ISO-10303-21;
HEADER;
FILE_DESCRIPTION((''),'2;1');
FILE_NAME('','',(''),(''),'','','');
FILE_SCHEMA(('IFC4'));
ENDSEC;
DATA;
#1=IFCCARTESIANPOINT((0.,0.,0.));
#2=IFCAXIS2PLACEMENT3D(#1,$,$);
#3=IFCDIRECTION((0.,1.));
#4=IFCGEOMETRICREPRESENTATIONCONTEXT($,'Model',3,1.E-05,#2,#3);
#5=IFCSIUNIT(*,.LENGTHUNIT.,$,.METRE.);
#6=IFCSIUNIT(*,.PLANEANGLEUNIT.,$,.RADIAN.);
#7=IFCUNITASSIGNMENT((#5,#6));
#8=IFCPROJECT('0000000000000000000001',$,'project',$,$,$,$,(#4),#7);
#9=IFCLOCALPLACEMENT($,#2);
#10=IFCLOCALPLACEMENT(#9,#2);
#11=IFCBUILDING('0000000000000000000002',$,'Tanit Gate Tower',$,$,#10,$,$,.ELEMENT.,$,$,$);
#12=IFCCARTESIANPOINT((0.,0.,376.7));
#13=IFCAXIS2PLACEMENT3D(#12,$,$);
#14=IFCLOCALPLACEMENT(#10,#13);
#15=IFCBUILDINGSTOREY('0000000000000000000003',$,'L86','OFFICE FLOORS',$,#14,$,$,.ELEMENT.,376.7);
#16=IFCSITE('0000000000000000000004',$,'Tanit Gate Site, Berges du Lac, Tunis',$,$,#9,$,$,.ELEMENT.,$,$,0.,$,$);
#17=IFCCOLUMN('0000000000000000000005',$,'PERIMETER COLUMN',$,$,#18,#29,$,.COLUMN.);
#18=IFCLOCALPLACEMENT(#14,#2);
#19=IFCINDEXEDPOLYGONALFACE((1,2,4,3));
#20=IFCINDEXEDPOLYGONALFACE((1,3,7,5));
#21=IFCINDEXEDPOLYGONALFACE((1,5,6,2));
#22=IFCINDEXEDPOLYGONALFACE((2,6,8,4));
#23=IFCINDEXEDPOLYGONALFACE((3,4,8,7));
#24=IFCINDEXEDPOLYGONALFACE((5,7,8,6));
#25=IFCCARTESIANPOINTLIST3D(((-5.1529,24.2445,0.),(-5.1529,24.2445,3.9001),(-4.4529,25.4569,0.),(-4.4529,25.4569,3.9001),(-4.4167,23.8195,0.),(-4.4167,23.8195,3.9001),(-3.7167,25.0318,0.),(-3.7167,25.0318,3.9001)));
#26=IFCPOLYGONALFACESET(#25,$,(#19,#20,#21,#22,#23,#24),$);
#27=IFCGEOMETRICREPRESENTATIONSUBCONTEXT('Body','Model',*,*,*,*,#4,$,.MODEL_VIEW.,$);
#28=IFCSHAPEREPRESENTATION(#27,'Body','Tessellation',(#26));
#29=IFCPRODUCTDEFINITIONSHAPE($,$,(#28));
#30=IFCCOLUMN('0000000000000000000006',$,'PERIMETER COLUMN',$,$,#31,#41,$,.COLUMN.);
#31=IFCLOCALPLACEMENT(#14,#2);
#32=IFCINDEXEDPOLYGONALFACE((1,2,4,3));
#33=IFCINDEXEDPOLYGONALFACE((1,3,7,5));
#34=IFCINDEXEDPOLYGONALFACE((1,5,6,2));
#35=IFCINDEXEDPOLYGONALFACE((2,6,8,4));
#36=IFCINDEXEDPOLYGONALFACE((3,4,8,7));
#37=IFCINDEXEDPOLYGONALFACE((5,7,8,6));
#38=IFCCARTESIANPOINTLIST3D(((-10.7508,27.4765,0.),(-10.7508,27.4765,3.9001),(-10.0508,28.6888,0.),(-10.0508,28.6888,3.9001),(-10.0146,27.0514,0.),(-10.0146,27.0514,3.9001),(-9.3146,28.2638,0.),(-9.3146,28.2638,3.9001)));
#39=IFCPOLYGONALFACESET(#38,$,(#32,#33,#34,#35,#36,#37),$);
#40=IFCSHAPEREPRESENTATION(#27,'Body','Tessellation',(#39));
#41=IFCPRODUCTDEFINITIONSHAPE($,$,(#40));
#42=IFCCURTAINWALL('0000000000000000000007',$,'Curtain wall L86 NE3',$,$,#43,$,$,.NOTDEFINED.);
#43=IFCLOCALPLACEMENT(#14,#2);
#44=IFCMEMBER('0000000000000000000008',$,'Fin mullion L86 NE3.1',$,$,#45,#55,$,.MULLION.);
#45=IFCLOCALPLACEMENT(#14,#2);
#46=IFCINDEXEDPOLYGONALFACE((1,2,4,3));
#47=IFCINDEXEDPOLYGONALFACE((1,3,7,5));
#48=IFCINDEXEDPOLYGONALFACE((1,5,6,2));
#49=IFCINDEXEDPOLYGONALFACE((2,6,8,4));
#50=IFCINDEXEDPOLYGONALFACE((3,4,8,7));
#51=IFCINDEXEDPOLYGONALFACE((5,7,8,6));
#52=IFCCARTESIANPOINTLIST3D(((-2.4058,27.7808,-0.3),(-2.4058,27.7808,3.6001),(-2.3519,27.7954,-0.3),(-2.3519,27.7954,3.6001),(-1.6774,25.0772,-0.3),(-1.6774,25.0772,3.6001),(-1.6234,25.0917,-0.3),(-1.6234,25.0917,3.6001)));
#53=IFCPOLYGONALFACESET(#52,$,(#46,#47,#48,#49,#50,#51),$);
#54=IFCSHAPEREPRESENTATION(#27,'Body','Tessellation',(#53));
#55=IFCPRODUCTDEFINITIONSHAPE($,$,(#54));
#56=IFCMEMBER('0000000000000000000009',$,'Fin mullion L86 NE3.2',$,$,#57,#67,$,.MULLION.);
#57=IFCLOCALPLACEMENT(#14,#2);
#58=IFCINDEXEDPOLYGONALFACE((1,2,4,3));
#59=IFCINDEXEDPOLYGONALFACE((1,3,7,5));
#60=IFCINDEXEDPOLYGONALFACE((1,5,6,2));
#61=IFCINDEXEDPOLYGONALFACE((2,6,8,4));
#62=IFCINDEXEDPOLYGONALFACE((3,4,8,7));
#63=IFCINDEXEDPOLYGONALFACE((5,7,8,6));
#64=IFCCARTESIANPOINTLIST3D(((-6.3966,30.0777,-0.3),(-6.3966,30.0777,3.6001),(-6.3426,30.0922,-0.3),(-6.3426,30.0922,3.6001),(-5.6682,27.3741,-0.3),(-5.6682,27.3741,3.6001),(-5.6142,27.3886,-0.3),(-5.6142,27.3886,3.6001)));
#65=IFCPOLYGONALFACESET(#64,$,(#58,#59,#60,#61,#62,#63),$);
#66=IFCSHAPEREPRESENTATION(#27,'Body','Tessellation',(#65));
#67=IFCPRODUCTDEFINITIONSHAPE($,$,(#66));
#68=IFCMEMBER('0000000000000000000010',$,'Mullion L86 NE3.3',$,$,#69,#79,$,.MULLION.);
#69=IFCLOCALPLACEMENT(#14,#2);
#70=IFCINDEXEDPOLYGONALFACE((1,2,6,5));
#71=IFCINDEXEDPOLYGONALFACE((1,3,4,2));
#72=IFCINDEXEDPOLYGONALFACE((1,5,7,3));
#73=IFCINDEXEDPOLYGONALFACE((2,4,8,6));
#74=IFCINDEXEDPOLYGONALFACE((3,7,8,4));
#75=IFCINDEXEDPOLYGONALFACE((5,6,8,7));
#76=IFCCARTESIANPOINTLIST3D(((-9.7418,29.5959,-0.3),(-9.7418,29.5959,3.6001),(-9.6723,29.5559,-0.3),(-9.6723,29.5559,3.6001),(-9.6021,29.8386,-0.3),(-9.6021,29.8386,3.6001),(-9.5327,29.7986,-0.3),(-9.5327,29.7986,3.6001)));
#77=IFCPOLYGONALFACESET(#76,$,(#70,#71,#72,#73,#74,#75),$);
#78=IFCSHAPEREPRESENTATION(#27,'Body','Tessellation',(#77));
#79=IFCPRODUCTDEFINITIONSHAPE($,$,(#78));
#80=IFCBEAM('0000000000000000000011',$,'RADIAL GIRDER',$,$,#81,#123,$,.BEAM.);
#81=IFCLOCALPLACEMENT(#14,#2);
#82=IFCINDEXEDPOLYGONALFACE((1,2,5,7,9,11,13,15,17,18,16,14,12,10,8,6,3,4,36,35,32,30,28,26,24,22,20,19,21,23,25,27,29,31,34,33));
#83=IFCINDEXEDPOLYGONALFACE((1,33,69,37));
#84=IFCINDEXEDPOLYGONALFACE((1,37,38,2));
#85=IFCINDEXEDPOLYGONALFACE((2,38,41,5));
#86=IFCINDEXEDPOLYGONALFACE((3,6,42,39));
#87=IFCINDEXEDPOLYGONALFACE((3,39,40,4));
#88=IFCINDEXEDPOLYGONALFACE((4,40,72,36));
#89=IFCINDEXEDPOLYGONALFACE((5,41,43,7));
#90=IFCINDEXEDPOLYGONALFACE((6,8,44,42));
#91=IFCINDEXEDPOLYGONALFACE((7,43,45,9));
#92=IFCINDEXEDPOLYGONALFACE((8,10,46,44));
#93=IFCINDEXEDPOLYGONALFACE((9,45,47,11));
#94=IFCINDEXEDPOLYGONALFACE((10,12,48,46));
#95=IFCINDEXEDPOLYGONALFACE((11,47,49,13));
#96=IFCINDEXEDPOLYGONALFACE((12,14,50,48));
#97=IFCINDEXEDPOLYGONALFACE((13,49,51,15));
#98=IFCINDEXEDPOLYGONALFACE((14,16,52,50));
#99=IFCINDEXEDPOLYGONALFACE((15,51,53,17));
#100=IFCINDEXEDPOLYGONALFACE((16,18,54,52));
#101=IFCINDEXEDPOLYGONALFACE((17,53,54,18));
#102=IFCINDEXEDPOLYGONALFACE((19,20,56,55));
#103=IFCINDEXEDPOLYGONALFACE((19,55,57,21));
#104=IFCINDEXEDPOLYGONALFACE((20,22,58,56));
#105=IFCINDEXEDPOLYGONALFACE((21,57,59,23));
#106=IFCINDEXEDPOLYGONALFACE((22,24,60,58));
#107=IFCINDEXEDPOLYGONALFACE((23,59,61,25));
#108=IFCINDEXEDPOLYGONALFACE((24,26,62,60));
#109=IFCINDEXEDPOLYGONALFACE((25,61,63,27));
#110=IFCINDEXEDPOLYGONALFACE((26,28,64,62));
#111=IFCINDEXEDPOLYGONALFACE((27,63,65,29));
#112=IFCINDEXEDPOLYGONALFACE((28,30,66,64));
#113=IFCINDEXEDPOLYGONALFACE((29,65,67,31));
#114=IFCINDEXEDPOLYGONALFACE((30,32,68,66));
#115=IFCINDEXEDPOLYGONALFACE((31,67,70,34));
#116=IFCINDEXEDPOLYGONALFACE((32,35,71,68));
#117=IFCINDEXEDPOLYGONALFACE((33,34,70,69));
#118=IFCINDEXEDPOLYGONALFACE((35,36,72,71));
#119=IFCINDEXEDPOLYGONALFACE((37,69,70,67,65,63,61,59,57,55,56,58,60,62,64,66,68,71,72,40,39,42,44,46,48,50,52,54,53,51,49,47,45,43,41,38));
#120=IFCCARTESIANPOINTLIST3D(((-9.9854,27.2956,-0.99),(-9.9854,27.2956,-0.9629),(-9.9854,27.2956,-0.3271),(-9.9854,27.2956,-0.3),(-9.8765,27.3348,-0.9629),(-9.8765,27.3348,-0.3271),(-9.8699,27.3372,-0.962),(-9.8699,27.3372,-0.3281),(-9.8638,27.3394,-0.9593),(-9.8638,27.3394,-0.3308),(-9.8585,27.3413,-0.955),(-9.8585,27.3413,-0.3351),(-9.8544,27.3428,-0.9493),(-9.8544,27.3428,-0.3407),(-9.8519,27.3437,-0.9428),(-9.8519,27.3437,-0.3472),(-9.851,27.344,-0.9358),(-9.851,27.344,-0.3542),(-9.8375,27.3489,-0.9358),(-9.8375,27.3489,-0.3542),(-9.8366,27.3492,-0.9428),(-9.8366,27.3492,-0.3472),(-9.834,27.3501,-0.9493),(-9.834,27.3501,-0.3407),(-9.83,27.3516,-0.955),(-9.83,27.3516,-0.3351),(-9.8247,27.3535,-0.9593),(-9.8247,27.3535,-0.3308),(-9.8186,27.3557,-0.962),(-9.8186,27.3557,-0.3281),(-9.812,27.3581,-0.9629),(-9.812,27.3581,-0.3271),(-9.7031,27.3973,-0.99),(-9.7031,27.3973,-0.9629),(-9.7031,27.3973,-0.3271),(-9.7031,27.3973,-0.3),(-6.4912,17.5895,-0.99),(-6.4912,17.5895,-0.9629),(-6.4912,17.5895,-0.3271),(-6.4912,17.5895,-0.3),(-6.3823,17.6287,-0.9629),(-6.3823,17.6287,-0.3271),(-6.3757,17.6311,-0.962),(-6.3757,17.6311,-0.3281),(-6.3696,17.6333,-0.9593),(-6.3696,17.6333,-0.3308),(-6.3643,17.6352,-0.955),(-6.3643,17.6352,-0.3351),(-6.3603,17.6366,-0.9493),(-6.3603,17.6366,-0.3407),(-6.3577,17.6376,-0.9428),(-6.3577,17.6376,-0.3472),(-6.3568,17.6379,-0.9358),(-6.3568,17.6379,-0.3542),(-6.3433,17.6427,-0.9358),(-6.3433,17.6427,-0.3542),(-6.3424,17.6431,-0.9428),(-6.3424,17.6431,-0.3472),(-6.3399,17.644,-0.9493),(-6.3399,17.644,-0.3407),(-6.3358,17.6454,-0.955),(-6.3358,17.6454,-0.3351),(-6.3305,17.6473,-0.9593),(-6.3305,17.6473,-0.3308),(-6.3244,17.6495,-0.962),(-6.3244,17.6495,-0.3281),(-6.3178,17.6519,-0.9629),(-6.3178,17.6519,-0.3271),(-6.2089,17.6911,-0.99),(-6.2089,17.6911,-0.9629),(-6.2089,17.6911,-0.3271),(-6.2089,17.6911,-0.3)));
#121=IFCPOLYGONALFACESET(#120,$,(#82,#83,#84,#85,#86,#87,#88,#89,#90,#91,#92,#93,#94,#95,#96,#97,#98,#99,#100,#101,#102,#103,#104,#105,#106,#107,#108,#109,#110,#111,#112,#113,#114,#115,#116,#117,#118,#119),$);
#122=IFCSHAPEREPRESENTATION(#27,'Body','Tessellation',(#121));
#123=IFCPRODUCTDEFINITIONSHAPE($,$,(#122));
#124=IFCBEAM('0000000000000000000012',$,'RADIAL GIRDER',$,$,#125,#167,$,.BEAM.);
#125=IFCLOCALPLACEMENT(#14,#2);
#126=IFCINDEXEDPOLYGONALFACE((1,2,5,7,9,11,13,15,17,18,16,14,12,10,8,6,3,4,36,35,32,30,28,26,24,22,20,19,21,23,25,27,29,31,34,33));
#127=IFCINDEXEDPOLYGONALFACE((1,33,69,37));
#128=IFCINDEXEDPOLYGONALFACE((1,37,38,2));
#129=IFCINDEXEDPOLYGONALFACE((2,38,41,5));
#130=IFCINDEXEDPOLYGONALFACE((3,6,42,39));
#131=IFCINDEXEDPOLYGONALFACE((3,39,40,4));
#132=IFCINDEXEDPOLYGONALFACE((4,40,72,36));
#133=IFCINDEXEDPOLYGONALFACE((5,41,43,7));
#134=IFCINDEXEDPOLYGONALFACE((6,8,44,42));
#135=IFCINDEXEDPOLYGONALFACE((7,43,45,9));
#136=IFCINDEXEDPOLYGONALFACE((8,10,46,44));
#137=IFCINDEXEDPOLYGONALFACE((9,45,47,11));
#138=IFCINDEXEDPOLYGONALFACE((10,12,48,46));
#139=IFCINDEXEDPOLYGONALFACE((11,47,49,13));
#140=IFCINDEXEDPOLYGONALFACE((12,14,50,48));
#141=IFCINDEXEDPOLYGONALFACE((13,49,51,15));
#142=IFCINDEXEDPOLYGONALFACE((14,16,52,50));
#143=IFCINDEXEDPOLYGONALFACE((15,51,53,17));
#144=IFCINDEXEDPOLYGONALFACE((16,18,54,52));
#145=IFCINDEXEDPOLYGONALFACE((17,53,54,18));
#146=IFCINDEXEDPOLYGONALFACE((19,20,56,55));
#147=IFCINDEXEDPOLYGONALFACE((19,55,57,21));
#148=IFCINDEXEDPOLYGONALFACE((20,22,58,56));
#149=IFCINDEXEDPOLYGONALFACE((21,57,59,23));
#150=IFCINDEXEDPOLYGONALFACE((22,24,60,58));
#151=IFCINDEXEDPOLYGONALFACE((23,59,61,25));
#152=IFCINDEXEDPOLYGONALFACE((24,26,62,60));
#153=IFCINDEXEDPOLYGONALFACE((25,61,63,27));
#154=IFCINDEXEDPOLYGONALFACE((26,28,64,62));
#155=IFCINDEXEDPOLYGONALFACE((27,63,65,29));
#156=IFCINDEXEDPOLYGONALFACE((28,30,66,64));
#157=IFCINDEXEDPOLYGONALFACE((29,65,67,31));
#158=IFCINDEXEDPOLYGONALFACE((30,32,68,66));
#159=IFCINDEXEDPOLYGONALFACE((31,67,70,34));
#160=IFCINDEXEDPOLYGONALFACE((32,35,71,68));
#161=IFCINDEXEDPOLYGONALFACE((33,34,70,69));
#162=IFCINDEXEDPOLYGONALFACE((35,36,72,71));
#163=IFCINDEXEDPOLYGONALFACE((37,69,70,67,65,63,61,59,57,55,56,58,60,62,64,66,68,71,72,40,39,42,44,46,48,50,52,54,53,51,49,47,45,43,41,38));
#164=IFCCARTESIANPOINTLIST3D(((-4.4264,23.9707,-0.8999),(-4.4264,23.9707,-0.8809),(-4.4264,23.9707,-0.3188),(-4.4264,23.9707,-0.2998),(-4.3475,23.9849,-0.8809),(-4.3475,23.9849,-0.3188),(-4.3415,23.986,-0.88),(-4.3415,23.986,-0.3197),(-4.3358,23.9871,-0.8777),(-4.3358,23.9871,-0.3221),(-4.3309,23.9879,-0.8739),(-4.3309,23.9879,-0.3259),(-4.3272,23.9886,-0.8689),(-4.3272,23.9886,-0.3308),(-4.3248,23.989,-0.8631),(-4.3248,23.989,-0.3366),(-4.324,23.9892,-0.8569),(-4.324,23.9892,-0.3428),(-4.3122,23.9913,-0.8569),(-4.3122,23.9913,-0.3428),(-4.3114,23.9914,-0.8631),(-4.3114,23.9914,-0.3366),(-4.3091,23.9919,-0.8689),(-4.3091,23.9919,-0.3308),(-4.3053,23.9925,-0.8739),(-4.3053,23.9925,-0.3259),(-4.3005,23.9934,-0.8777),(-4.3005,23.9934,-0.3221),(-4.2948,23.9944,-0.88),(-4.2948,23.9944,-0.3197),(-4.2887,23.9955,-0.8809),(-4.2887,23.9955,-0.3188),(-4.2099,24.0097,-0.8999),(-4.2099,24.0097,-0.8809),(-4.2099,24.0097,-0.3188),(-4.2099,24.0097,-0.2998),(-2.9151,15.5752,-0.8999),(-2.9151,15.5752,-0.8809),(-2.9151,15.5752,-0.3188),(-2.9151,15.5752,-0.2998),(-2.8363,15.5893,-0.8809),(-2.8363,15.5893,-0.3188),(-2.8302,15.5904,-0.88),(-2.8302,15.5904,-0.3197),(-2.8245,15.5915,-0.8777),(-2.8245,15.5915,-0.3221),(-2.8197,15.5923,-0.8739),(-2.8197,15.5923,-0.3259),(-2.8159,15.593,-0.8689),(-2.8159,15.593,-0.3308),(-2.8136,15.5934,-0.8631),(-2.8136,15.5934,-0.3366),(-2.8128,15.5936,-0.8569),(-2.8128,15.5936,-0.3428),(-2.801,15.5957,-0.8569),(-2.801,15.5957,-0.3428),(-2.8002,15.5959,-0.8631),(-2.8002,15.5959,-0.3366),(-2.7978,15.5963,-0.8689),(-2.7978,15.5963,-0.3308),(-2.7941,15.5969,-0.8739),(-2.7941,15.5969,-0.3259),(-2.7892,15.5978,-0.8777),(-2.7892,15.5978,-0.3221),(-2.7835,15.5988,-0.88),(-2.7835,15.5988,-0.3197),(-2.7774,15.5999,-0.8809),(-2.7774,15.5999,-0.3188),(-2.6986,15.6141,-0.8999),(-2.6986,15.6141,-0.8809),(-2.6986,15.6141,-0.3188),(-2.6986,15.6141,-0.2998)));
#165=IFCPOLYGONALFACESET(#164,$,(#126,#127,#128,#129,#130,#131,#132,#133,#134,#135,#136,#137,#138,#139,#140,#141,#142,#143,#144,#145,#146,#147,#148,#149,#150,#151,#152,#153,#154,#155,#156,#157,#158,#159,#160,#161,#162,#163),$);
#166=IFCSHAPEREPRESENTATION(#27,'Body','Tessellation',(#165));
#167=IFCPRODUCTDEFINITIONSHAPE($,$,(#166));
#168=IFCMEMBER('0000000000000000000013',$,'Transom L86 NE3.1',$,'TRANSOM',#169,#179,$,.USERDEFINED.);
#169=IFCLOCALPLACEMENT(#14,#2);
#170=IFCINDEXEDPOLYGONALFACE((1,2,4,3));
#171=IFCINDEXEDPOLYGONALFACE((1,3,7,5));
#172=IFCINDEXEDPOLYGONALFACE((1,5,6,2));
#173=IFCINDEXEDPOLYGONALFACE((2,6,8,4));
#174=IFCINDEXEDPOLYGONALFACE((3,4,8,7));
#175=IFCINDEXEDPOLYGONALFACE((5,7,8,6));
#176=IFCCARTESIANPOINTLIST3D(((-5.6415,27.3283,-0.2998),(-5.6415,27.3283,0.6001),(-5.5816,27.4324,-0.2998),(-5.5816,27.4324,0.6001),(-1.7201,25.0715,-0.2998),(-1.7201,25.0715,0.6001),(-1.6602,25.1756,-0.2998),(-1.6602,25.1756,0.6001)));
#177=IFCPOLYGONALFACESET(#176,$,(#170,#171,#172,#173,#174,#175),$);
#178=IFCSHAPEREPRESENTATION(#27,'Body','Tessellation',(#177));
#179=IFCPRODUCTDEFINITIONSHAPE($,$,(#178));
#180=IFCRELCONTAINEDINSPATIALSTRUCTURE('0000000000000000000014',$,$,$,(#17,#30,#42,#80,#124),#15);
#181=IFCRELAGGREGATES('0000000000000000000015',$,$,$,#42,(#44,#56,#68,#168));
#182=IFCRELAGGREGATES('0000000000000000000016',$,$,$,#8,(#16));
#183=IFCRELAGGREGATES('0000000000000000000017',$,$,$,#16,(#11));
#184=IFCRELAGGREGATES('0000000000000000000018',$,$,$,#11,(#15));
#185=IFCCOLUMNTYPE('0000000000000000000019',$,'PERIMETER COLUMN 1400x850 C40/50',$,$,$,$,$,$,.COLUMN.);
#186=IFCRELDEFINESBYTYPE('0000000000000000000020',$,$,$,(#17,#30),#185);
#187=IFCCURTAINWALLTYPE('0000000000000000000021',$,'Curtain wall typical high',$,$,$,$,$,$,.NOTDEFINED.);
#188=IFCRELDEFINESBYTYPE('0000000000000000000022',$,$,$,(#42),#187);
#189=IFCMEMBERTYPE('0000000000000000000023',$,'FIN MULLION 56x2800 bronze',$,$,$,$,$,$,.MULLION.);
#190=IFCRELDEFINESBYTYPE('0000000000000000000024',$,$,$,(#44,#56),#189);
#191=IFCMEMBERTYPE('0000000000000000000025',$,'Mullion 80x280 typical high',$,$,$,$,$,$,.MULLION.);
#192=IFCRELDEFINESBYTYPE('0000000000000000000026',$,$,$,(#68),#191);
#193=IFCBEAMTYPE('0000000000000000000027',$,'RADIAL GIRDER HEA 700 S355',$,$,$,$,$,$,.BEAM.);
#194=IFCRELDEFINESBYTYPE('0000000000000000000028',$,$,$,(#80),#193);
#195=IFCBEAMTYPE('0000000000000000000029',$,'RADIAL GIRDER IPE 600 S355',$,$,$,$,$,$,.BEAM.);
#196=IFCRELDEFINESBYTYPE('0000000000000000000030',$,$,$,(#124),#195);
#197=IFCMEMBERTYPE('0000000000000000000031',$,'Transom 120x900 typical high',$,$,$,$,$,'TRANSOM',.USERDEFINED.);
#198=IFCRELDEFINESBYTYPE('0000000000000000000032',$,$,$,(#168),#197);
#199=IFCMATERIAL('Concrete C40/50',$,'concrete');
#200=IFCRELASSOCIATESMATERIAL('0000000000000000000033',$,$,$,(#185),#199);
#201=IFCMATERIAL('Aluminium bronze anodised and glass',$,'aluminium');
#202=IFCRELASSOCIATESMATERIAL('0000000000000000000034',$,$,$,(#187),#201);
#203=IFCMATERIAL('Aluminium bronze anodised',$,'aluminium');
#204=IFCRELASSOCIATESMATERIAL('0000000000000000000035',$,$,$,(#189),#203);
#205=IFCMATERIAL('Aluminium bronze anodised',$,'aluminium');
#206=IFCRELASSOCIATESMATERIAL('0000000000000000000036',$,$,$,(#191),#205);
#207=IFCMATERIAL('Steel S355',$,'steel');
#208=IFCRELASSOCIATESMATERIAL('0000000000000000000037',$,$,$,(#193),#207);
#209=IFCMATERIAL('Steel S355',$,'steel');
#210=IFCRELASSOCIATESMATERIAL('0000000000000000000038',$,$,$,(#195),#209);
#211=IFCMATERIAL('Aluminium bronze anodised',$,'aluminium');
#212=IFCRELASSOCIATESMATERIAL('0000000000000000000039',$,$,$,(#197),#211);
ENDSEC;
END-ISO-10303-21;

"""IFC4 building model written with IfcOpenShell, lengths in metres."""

from ifc_helpers import new_model, si_unit, direction, frame, origin, origin_2d, place, context, subcontext, project, spatial, rectangle, i_section, extrude, material, material_profile, profile_set, type_object, element, aggregate, save


model = new_model("IFC4")

# Units and contexts
model_context = context("Model", 3, precision=1e-05, world=origin(), true_north=direction((0.0, 1.0)))
body_context = subcontext(model_context, "Body", "Model", "MODEL_VIEW")
ifc_project = project(units=[si_unit("LENGTHUNIT", "METRE"), si_unit("PLANEANGLEUNIT", "RADIAN")], contexts=[model_context])

# Site, building, storey
site_placement = place(None, origin())
site = spatial("IfcSite", under=ifc_project, at=site_placement, Name="Tanit Gate Site, Berges du Lac, Tunis", CompositionType="ELEMENT", RefElevation=0.0)
building_placement = place(site_placement, origin())
building = spatial("IfcBuilding", under=site, at=building_placement, Name="Tanit Gate Tower", CompositionType="ELEMENT")
storey_placement = place(building_placement, frame((0.0, 0.0, 376.7)))
storey = spatial("IfcBuildingStorey", under=building, at=storey_placement, Name="L86", Description="OFFICE FLOORS", CompositionType="ELEMENT", Elevation=376.7)

# Columns
ifc_material_1 = material(Name="Concrete C40/50", Category="concrete")
ifc_material_profile_1 = material_profile(ifc_material_1, rectangle(XDim=1.3999, YDim=0.8501, at=origin_2d()), Name="RC 1400x850")
ifc_profile_set_1 = profile_set([ifc_material_profile_1], Name="Concrete C40/50")
column_type = type_object("IfcColumnType", Name="PERIMETER COLUMN 1400x850 C40/50", PredefinedType="COLUMN", material=ifc_profile_set_1)
for number, where, z_axis, x_axis, name in (
    (1, (-4.4348, 24.6382, 0.0), (0.0, 0.0, 1.0), (0.5, 0.866025, 0.0), "PERIMETER COLUMN"),
    (2, (-10.0327, 27.8701, 0.0), (0.0, 0.0, 1.0), (0.5, 0.866025, 0.0), "PERIMETER COLUMN"),
):
    element("IfcColumn", number, at=place(storey_placement, frame(where, z_axis=z_axis, x_axis=x_axis)), inside=storey, type_object=column_type, Name=name, PredefinedType="COLUMN", context=body_context, shape_type="SweptSolid", body=[
        extrude(rectangle(XDim=1.3999, YDim=0.8501, at=origin_2d()), origin(), (0.0, 0.0, 1.0), 3.9001),
    ])

# Curtain wall, members
ifc_material_2 = material(Name="Aluminium bronze anodised and glass", Category="aluminium")
curtain_wall_type = type_object("IfcCurtainWallType", Name="Curtain wall typical high", PredefinedType="NOTDEFINED", material=ifc_material_2)
curtain_wall_placement = place(storey_placement, origin())
curtain_wall = element("IfcCurtainWall", 3, at=curtain_wall_placement, inside=storey, type_object=curtain_wall_type, Name="Curtain wall L86 NE3", PredefinedType="NOTDEFINED")
ifc_material_3 = material(Name="Aluminium bronze anodised", Category="aluminium")
ifc_material_profile_2 = material_profile(ifc_material_3, rectangle(XDim=2.8, YDim=0.0559, at=origin_2d()), Name="56x2800 bronze fin mullion")
ifc_profile_set_2 = profile_set([ifc_material_profile_2], Name="Aluminium bronze anodised")
member_type_1 = type_object("IfcMemberType", Name="FIN MULLION 56x2800 bronze", PredefinedType="MULLION", material=ifc_profile_set_2)
member_1_placement = place(storey_placement, frame((-2.0146, 26.4363, -0.3), z_axis=(0.0, 0.0, 1.0), x_axis=(0.260144, -0.96557, 0.0)))
member_1 = element("IfcMember", 4, at=member_1_placement, type_object=member_type_1, Name="Fin mullion L86 NE3.1", PredefinedType="MULLION", context=body_context, shape_type="SweptSolid", body=[
    extrude(rectangle(XDim=2.8, YDim=0.0559, at=origin_2d()), origin(), (0.0, 0.0, 1.0), 3.9001),
])
member_2_placement = place(storey_placement, frame((-6.0054, 28.7332, -0.3), z_axis=(0.0, 0.0, 1.0), x_axis=(0.260144, -0.96557, 0.0)))
member_2 = element("IfcMember", 5, at=member_2_placement, type_object=member_type_1, Name="Fin mullion L86 NE3.2", PredefinedType="MULLION", context=body_context, shape_type="SweptSolid", body=[
    extrude(rectangle(XDim=2.8, YDim=0.0559, at=origin_2d()), origin(), (0.0, 0.0, 1.0), 3.9001),
])
ifc_material_4 = material(Name="Aluminium bronze anodised", Category="aluminium")
ifc_material_profile_3 = material_profile(ifc_material_4, rectangle(XDim=0.28, YDim=0.0801, at=origin_2d()), Name="80x280 bronze mullion")
ifc_profile_set_3 = profile_set([ifc_material_profile_3], Name="Aluminium bronze anodised")
member_type_2 = type_object("IfcMemberType", Name="Mullion 80x280 typical high", PredefinedType="MULLION", material=ifc_profile_set_3)
member_3_placement = place(storey_placement, frame((-9.6372, 29.6973, -0.3), z_axis=(0.0, 0.0, 1.0), x_axis=(-0.498812, -0.86671, 0.0)))
member_3 = element("IfcMember", 6, at=member_3_placement, type_object=member_type_2, Name="Mullion L86 NE3.3", PredefinedType="MULLION", context=body_context, shape_type="SweptSolid", body=[
    extrude(rectangle(XDim=0.28, YDim=0.0801, at=origin_2d()), origin(), (0.0, 0.0, 1.0), 3.9001),
])

# Beams
ifc_material_5 = material(Name="Steel S355", Category="steel")
ifc_material_profile_4 = material_profile(ifc_material_5, i_section(OverallWidth=0.3, OverallDepth=0.6899, WebThickness=0.0144, FlangeThickness=0.0271, FilletRadius=0.0271, at=origin_2d()), Name="HEA 700")
ifc_profile_set_4 = profile_set([ifc_material_profile_4], Name="Steel S355")
beam_type_1 = type_object("IfcBeamType", Name="RADIAL GIRDER HEA 700 S355", PredefinedType="BEAM", material=ifc_profile_set_4)
beam_1_placement = place(storey_placement, frame((-9.8442, 27.3464, -0.645), z_axis=(0.338716, -0.940889, 0.0), x_axis=(0.940889, 0.338716, 0.0)))
element("IfcBeam", 7, at=beam_1_placement, inside=storey, type_object=beam_type_1, Name="RADIAL GIRDER", PredefinedType="BEAM", context=body_context, shape_type="SweptSolid", body=[
    extrude(i_section(OverallWidth=0.3, OverallDepth=0.6899, WebThickness=0.0144, FlangeThickness=0.0271, FilletRadius=0.0271, at=origin_2d()), origin(), (0.0, 0.0, 1.0), 10.3159),
])
ifc_material_6 = material(Name="Steel S355", Category="steel")
ifc_material_profile_5 = material_profile(ifc_material_6, i_section(OverallWidth=0.22, OverallDepth=0.6001, WebThickness=0.012, FlangeThickness=0.019, FilletRadius=0.0239, at=origin_2d()), Name="IPE 600")
ifc_profile_set_5 = profile_set([ifc_material_profile_5], Name="Steel S355")
beam_type_2 = type_object("IfcBeamType", Name="RADIAL GIRDER IPE 600 S355", PredefinedType="BEAM", material=ifc_profile_set_5)
beam_2_placement = place(storey_placement, frame((-4.3181, 23.9902, -0.5999), z_axis=(0.177157, -0.984183, 0.0), x_axis=(0.984183, 0.177157, 0.0)))
element("IfcBeam", 8, at=beam_2_placement, inside=storey, type_object=beam_type_2, Name="RADIAL GIRDER", PredefinedType="BEAM", context=body_context, shape_type="SweptSolid", body=[
    extrude(i_section(OverallWidth=0.22, OverallDepth=0.6001, WebThickness=0.012, FlangeThickness=0.019, FilletRadius=0.0239, at=origin_2d()), origin(), (0.0, 0.0, 1.0), 8.5305),
])

# Member
ifc_material_7 = material(Name="Aluminium bronze anodised", Category="aluminium")
ifc_material_profile_6 = material_profile(ifc_material_7, rectangle(XDim=0.1201, YDim=0.8999, at=origin_2d()), Name="120x900 bronze transom")
ifc_profile_set_6 = profile_set([ifc_material_profile_6], Name="Aluminium bronze anodised")
member_type_3 = type_object("IfcMemberType", Name="Transom 120x900 typical high", ElementType="TRANSOM", PredefinedType="USERDEFINED", material=ifc_profile_set_6)
member_4_placement = place(storey_placement, frame((-1.6902, 25.1235, 0.1501), z_axis=(-0.866712, 0.49881, 0.0), x_axis=(-0.49881, -0.866712, 0.0)))
member_4 = element("IfcMember", 9, at=member_4_placement, type_object=member_type_3, Name="Transom L86 NE3.1", ObjectType="TRANSOM", PredefinedType="USERDEFINED", context=body_context, shape_type="SweptSolid", body=[
    extrude(rectangle(XDim=0.1201, YDim=0.8999, at=origin_2d()), origin(), (0.0, 0.0, 1.0), 4.5244),
])

aggregate(curtain_wall, [member_1, member_2, member_3, member_4])

save(model, "model.ifc")
